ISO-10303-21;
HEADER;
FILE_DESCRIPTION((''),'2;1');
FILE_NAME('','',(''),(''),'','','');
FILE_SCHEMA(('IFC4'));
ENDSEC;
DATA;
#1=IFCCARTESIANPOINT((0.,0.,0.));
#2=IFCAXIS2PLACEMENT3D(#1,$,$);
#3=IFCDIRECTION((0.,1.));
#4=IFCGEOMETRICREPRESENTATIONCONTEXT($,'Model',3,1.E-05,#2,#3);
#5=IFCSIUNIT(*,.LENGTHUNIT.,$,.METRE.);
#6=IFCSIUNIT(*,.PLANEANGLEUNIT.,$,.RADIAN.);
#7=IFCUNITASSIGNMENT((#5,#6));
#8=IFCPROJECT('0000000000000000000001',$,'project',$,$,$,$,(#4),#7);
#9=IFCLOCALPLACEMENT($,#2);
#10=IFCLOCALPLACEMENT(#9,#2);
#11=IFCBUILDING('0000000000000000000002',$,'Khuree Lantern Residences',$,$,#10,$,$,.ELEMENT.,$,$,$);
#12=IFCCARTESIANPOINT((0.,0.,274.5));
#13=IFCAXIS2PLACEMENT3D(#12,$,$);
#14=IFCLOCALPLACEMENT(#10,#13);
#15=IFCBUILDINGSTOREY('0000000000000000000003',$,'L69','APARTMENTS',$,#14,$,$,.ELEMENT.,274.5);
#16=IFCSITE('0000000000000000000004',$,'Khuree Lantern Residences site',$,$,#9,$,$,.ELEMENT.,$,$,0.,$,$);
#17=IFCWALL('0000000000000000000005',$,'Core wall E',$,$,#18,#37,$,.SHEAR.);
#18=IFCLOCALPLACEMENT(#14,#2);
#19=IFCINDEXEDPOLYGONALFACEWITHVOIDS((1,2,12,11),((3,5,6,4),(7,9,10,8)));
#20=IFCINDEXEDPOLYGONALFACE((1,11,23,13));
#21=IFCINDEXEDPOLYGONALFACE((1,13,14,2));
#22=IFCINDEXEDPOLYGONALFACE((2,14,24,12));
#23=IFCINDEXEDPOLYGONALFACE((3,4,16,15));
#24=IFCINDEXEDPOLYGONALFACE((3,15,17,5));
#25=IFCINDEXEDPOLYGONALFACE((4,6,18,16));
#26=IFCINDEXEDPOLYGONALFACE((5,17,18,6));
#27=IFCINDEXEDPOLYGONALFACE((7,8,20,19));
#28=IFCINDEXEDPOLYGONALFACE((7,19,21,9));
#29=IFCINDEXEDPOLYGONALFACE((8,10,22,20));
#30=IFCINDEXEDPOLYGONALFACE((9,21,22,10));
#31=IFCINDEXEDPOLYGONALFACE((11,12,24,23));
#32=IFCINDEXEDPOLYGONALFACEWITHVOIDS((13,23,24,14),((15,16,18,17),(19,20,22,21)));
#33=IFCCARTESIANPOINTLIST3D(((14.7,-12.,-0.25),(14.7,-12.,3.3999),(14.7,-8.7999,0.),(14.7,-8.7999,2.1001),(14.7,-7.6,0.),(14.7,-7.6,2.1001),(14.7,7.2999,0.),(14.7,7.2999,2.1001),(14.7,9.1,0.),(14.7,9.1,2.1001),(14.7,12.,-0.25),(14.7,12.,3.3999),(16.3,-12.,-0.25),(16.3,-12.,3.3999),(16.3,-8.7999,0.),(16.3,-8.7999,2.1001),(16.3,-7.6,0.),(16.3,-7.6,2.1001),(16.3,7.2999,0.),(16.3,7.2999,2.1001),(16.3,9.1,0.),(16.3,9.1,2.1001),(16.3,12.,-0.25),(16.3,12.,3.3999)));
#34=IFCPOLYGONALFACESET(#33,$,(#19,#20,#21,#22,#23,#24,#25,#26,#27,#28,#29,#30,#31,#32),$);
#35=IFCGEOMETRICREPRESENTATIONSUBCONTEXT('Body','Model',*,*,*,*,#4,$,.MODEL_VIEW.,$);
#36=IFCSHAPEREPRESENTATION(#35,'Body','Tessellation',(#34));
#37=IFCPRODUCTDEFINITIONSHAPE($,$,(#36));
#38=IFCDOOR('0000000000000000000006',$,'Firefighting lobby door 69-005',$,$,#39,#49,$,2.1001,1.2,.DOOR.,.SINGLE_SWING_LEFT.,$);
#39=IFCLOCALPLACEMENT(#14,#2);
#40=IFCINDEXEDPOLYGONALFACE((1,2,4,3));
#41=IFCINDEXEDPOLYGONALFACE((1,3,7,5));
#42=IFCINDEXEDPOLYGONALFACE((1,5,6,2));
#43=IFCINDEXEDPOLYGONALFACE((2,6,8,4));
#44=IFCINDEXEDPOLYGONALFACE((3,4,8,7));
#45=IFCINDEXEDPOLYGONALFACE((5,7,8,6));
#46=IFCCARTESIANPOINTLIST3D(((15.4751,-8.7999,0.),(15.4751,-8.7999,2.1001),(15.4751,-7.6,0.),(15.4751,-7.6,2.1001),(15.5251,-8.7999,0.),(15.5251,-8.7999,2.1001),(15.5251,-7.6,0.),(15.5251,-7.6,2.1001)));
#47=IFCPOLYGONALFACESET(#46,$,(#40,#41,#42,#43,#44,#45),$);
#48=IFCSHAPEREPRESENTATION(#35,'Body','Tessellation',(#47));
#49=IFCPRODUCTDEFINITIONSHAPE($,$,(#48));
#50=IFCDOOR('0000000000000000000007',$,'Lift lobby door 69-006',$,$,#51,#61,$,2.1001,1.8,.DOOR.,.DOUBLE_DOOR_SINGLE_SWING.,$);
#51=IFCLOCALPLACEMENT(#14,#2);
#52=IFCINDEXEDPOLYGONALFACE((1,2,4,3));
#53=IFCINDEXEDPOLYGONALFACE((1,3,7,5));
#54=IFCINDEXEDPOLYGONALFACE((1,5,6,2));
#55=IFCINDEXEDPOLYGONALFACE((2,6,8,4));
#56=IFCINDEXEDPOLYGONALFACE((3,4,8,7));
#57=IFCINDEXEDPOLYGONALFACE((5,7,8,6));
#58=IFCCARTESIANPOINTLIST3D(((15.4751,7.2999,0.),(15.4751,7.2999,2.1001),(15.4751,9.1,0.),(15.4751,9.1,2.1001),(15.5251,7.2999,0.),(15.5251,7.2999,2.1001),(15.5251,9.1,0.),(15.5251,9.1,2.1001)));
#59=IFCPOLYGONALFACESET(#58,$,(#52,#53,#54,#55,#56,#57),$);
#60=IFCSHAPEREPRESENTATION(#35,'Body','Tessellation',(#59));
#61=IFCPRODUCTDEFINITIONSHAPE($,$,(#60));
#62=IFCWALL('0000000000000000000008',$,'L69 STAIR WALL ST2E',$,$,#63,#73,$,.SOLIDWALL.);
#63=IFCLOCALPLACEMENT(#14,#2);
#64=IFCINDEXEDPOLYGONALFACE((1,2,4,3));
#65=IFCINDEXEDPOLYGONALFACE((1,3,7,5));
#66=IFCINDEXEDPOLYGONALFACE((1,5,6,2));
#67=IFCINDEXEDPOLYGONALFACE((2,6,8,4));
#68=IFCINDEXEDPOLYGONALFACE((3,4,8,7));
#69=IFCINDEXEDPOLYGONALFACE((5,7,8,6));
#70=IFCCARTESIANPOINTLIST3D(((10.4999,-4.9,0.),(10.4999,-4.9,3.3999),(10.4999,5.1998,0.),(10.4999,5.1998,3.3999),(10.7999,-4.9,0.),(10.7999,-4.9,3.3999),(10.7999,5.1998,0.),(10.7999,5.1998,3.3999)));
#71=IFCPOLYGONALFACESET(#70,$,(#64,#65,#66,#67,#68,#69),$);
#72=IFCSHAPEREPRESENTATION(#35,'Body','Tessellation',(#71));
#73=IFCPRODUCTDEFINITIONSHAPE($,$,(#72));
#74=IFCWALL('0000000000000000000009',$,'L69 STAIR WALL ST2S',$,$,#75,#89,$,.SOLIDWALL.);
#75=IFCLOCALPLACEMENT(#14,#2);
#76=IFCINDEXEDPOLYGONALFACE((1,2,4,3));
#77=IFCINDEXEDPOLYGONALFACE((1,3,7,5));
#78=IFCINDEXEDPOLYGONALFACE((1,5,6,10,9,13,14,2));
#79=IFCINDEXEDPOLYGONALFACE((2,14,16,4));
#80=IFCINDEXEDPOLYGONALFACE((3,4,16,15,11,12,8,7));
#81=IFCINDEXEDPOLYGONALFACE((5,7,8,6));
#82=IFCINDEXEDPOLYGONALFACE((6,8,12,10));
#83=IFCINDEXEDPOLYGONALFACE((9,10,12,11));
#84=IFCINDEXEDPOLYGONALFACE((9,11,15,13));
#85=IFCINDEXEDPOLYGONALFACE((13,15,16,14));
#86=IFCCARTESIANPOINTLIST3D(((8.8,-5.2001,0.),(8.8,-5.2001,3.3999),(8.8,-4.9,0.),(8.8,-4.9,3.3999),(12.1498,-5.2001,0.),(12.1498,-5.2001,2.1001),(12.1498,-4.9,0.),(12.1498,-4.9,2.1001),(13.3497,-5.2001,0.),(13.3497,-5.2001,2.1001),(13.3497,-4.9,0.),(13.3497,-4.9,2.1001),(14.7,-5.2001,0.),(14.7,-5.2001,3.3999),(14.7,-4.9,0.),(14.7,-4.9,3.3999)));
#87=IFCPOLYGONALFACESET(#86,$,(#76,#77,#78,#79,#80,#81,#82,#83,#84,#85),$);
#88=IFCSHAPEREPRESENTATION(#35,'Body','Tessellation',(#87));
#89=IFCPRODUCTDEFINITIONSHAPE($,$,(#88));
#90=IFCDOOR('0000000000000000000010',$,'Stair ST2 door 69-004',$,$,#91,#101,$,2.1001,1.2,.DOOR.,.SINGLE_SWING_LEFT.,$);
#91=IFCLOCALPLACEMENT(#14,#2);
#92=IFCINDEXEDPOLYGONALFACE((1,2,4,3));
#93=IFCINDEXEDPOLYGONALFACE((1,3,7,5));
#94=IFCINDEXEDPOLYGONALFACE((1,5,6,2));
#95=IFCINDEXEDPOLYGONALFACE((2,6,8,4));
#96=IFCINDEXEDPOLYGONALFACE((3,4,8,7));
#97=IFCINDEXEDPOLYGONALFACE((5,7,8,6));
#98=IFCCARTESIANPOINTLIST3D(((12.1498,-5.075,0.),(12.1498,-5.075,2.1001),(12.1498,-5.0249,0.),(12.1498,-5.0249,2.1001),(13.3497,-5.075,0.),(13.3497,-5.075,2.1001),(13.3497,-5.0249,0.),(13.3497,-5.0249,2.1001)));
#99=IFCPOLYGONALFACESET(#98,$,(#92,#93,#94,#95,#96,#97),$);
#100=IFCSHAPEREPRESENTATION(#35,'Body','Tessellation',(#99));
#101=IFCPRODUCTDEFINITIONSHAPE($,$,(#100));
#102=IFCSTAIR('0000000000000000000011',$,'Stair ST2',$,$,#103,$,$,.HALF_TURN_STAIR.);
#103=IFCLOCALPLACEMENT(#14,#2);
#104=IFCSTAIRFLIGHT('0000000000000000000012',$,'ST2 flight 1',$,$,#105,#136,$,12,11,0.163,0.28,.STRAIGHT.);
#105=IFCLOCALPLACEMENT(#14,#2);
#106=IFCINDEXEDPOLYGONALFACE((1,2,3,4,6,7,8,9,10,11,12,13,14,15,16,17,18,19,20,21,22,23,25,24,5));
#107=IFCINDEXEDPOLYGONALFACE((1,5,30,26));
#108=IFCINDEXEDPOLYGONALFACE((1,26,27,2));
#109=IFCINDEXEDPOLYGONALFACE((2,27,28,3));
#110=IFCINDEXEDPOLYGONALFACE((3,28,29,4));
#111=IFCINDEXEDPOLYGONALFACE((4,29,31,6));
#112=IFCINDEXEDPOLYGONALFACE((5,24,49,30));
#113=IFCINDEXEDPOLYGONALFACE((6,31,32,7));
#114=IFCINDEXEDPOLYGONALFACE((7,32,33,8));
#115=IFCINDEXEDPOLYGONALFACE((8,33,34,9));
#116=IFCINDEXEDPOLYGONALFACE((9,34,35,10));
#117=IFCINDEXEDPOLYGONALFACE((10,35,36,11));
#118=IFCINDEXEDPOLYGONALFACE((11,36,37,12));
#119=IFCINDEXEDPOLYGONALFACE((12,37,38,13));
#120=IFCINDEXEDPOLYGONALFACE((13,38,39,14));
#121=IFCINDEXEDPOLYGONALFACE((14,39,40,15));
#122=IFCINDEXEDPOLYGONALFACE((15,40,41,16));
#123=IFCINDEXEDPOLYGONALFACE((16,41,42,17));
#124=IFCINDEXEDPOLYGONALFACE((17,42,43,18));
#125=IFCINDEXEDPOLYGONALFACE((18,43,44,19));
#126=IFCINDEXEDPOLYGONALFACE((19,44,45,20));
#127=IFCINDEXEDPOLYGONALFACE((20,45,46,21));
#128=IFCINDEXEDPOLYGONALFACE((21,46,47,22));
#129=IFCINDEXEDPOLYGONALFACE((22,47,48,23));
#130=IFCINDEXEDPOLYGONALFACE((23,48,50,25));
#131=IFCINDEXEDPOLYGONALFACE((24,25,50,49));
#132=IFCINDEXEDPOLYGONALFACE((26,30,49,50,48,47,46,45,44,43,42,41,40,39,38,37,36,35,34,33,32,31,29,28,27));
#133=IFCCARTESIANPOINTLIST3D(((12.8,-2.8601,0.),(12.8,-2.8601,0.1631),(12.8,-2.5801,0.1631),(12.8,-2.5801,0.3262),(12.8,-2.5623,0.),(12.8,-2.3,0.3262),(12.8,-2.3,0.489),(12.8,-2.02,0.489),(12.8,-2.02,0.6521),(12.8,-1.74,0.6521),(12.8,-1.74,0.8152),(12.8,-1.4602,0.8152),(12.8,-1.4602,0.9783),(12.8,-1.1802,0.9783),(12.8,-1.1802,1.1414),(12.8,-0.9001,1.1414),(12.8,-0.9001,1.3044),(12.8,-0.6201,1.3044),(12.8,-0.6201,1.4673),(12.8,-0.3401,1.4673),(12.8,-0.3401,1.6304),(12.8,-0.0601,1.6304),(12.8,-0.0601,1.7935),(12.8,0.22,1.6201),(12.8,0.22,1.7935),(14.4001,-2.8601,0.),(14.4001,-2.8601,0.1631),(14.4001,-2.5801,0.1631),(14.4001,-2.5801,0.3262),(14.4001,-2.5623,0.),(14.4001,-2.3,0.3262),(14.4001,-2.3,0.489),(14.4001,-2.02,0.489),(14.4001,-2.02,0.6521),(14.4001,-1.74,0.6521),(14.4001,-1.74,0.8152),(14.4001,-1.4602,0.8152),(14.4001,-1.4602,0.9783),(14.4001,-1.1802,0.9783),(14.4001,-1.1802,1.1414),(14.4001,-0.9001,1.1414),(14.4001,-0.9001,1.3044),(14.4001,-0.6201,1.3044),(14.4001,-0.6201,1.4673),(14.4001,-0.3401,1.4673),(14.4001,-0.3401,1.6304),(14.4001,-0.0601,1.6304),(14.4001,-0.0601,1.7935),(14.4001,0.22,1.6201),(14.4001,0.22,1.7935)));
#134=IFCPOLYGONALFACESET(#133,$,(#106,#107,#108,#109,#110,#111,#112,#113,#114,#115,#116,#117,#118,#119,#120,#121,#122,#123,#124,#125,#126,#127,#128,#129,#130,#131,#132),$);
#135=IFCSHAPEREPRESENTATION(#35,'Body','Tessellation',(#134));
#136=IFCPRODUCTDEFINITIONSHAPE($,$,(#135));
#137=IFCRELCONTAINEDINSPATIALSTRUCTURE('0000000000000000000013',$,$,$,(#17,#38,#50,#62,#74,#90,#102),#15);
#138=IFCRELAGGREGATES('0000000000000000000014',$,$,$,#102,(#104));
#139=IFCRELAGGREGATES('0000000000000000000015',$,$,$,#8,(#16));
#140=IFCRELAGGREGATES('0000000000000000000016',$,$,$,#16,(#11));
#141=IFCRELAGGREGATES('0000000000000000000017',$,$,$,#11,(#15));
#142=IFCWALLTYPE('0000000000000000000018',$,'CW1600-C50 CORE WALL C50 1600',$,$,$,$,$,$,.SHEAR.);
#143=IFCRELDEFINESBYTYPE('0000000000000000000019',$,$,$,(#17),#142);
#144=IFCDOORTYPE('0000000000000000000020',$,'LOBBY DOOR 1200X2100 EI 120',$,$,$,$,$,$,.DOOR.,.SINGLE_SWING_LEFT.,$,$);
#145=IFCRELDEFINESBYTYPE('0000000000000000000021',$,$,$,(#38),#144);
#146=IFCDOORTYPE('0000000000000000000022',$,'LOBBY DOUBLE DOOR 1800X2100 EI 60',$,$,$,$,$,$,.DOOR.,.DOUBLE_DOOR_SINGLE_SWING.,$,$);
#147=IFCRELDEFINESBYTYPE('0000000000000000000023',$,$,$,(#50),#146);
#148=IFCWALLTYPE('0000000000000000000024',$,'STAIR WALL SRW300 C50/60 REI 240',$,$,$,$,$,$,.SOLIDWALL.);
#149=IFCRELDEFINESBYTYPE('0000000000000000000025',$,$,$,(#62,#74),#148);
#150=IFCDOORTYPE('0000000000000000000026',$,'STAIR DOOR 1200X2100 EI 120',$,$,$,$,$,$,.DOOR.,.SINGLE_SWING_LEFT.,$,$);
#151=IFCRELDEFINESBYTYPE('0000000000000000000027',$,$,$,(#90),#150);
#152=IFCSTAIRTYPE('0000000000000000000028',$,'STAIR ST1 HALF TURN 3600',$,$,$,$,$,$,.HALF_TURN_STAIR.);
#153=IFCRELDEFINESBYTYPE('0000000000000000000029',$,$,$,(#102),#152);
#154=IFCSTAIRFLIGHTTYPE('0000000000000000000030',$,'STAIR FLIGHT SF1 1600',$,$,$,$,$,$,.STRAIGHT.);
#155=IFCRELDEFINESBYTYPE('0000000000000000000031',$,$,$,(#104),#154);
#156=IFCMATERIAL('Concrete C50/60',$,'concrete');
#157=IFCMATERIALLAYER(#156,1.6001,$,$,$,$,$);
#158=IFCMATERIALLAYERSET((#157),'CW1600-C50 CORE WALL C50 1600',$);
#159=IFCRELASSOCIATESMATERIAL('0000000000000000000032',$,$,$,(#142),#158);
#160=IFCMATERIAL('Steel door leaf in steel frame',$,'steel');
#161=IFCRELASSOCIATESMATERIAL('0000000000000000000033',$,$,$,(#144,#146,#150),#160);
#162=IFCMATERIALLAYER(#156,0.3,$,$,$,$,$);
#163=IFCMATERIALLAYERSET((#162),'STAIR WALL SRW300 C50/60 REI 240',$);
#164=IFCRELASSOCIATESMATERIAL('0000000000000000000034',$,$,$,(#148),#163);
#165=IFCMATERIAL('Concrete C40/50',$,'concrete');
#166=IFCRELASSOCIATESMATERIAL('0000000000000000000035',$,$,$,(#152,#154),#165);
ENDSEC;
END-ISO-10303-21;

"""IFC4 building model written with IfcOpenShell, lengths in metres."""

from ifc_helpers import new_model, si_unit, direction, frame, frame_2d, origin, place, context, subcontext, project, spatial, polyline, rectangle, outline, extrude, material, layer, layer_set, type_object, element, fill, aggregate, save


model = new_model("IFC4")

# Units and contexts
model_context = context("Model", 3, precision=1e-05, world=origin(), true_north=direction((0.0, 1.0)))
body_context = subcontext(model_context, "Body", "Model", "MODEL_VIEW")
ifc_project = project(units=[si_unit("LENGTHUNIT", "METRE"), si_unit("PLANEANGLEUNIT", "RADIAN")], contexts=[model_context])

# Site, building, storey
site_placement = place(None, origin())
site = spatial("IfcSite", under=ifc_project, at=site_placement, Name="Khuree Lantern Residences site", CompositionType="ELEMENT", RefElevation=0.0)
building_placement = place(site_placement, origin())
building = spatial("IfcBuilding", under=site, at=building_placement, Name="Khuree Lantern Residences", CompositionType="ELEMENT")
storey_placement = place(building_placement, frame((0.0, 0.0, 274.5)))
storey = spatial("IfcBuildingStorey", under=building, at=storey_placement, Name="L69", Description="APARTMENTS", CompositionType="ELEMENT", Elevation=274.5)

# Shared definitions
ifc_material_1 = material(Name="Concrete C50/60", Category="concrete")

# Wall, openings, doors
ifc_layer_1 = layer(ifc_material_1, 1.6001)
ifc_layer_set_1 = layer_set([ifc_layer_1], Name="CW1600-C50 CORE WALL C50 1600")
wall_type_1 = type_object("IfcWallType", Name="CW1600-C50 CORE WALL C50 1600", PredefinedType="SHEAR", material=ifc_layer_set_1)
wall_1_placement = place(storey_placement, frame((15.5, -12.0, -0.25), z_axis=(0.0, 0.0, 1.0), x_axis=(0.0, 1.0, 0.0)))
wall_1 = element("IfcWall", 1, at=wall_1_placement, inside=storey, type_object=wall_type_1, Name="Core wall E", PredefinedType="SHEAR", context=body_context, shape_type="SweptSolid", body=[
    extrude(rectangle(XDim=24.0, YDim=1.6001, at=frame_2d((12.0, 0.0))), origin(), (0.0, 0.0, 1.0), 3.6499),
])
opening_1_placement = place(wall_1_placement, frame((3.2, 0.0, 0.25)))
opening_1 = element("IfcOpeningElement", 2, at=opening_1_placement, cuts=wall_1, PredefinedType="OPENING", context=body_context, shape_type="SweptSolid", body=[
    extrude(rectangle(XDim=1.2, YDim=2.1001, at=frame_2d((0.6001, 1.05))), frame((0.0, 0.8101, 0.0), z_axis=(0.0, -1.0, 0.0), x_axis=(1.0, 0.0, 0.0)), (0.0, 0.0, 1.0), 1.6201),
])
opening_2_placement = place(wall_1_placement, frame((19.3, 0.0, 0.25)))
opening_2 = element("IfcOpeningElement", 3, at=opening_2_placement, cuts=wall_1, PredefinedType="OPENING", context=body_context, shape_type="SweptSolid", body=[
    extrude(rectangle(XDim=1.8, YDim=2.1001, at=frame_2d((0.8999, 1.05))), frame((0.0, 0.8101, 0.0), z_axis=(0.0, -1.0, 0.0), x_axis=(1.0, 0.0, 0.0)), (0.0, 0.0, 1.0), 1.6201),
])
ifc_material_2 = material(Name="Steel door leaf in steel frame", Category="steel")
door_type_1 = type_object("IfcDoorType", Name="LOBBY DOOR 1200X2100 EI 120", OperationType="SINGLE_SWING_LEFT", PredefinedType="DOOR", material=ifc_material_2)
door_1_placement = place(opening_1_placement, origin())
door_1 = element("IfcDoor", 4, at=door_1_placement, inside=storey, type_object=door_type_1, Name="Firefighting lobby door 69-005", OperationType="SINGLE_SWING_LEFT", OverallHeight=2.1001, OverallWidth=1.2, PredefinedType="DOOR", context=body_context, shape_type="SweptSolid", body=[
    extrude(rectangle(XDim=1.2, YDim=2.1001, at=frame_2d((0.6001, 1.05))), frame((0.0, 0.0249, 0.0), z_axis=(0.0, -1.0, 0.0), x_axis=(1.0, 0.0, 0.0)), (0.0, 0.0, 1.0), 0.05),
])
fill(opening_1, door_1)
door_type_2 = type_object("IfcDoorType", Name="LOBBY DOUBLE DOOR 1800X2100 EI 60", OperationType="DOUBLE_DOOR_SINGLE_SWING", PredefinedType="DOOR", material=ifc_material_2)
door_2_placement = place(opening_2_placement, origin())
door_2 = element("IfcDoor", 5, at=door_2_placement, inside=storey, type_object=door_type_2, Name="Lift lobby door 69-006", OperationType="DOUBLE_DOOR_SINGLE_SWING", OverallHeight=2.1001, OverallWidth=1.8, PredefinedType="DOOR", context=body_context, shape_type="SweptSolid", body=[
    extrude(rectangle(XDim=1.8, YDim=2.1001, at=frame_2d((0.8999, 1.05))), frame((0.0, 0.0249, 0.0), z_axis=(0.0, -1.0, 0.0), x_axis=(1.0, 0.0, 0.0)), (0.0, 0.0, 1.0), 0.05),
])
fill(opening_2, door_2)

# Wall
ifc_layer_2 = layer(ifc_material_1, 0.3)
ifc_layer_set_2 = layer_set([ifc_layer_2], Name="STAIR WALL SRW300 C50/60 REI 240")
wall_type_2 = type_object("IfcWallType", Name="STAIR WALL SRW300 C50/60 REI 240", PredefinedType="SOLIDWALL", material=ifc_layer_set_2)
wall_2_placement = place(storey_placement, frame((10.6499, -4.8999, 0.0), z_axis=(0.0, 0.0, 1.0), x_axis=(0.0, 1.0, 0.0)))
element("IfcWall", 6, at=wall_2_placement, inside=storey, type_object=wall_type_2, Name="L69 STAIR WALL ST2E", PredefinedType="SOLIDWALL", context=body_context, shape_type="SweptSolid", body=[
    extrude(rectangle(XDim=10.0999, YDim=0.3, at=frame_2d((5.0498, 0.0))), origin(), (0.0, 0.0, 1.0), 3.3999),
])

# Wall, opening, door
wall_3_placement = place(storey_placement, frame((14.7, -5.05, 0.0), z_axis=(0.0, 0.0, 1.0), x_axis=(-1.0, 0.0, 0.0)))
wall_3 = element("IfcWall", 7, at=wall_3_placement, inside=storey, type_object=wall_type_2, Name="L69 STAIR WALL ST2S", PredefinedType="SOLIDWALL", context=body_context, shape_type="SweptSolid", body=[
    extrude(rectangle(XDim=5.8999, YDim=0.3, at=frame_2d((2.95, 0.0))), origin(), (0.0, 0.0, 1.0), 3.3999),
])
opening_3_placement = place(wall_3_placement, frame((1.3501, 0.0, 0.0)))
opening_3 = element("IfcOpeningElement", 8, at=opening_3_placement, cuts=wall_3, PredefinedType="OPENING", context=body_context, shape_type="SweptSolid", body=[
    extrude(rectangle(XDim=1.2, YDim=2.1001, at=frame_2d((0.6001, 1.05))), frame((0.0, 0.1602, 0.0), z_axis=(0.0, -1.0, 0.0), x_axis=(1.0, 0.0, 0.0)), (0.0, 0.0, 1.0), 0.3201),
])
door_type_3 = type_object("IfcDoorType", Name="STAIR DOOR 1200X2100 EI 120", OperationType="SINGLE_SWING_LEFT", PredefinedType="DOOR", material=ifc_material_2)
door_3_placement = place(opening_3_placement, origin())
door_3 = element("IfcDoor", 9, at=door_3_placement, inside=storey, type_object=door_type_3, Name="Stair ST2 door 69-004", OperationType="SINGLE_SWING_LEFT", OverallHeight=2.1001, OverallWidth=1.2, PredefinedType="DOOR", context=body_context, shape_type="SweptSolid", body=[
    extrude(rectangle(XDim=1.2, YDim=2.1001, at=frame_2d((0.6001, 1.05))), frame((0.0, 0.0249, 0.0), z_axis=(0.0, -1.0, 0.0), x_axis=(1.0, 0.0, 0.0)), (0.0, 0.0, 1.0), 0.05),
])
fill(opening_3, door_3)

# Stair, stair flight
ifc_material_3 = material(Name="Concrete C40/50", Category="concrete")
stair_type = type_object("IfcStairType", Name="STAIR ST1 HALF TURN 3600", PredefinedType="HALF_TURN_STAIR", material=ifc_material_3)
stair_placement = place(storey_placement, origin())
stair = element("IfcStair", 10, at=stair_placement, inside=storey, type_object=stair_type, Name="Stair ST2", PredefinedType="HALF_TURN_STAIR")
stair_flight_type = type_object("IfcStairFlightType", Name="STAIR FLIGHT SF1 1600", PredefinedType="STRAIGHT", material=ifc_material_3)
stair_flight_placement = place(storey_placement, frame((13.6001, -2.8601, 0.0), z_axis=(0.0, 0.0, 1.0), x_axis=(0.0, 1.0, 0.0)))
stair_flight = element("IfcStairFlight", 11, at=stair_flight_placement, type_object=stair_flight_type, Name="ST2 flight 1", NumberOfRisers=12, NumberOfTreads=11, PredefinedType="STRAIGHT", RiserHeight=0.163, TreadLength=0.28, context=body_context, shape_type="SweptSolid", body=[
    extrude(outline(polyline([(0.0, 0.0), (0.0, 0.1631), (0.28, 0.1631), (0.28, 0.3262), (0.5601, 0.3262), (0.5601, 0.489), (0.8401, 0.489), (0.8401, 0.6521), (1.1201, 0.6521), (1.1201, 0.8152), (1.3999, 0.8152), (1.3999, 0.9783), (1.6799, 0.9783), (1.6799, 1.1414), (1.96, 1.1414), (1.96, 1.3044), (2.24, 1.3044), (2.24, 1.4673), (2.52, 1.4673), (2.52, 1.6304), (2.8, 1.6304), (2.8, 1.7935), (3.0801, 1.7935), (3.0801, 1.9565), (3.0801, 1.6201), (0.2979, 0.0), (0.0, 0.0)])), frame((0.0, 0.8, 0.0), z_axis=(0.0, -1.0, 0.0), x_axis=(1.0, 0.0, 0.0)), (0.0, 0.0, 1.0), 1.6001),
])
aggregate(stair, [stair_flight])

save(model, "model.ifc")
